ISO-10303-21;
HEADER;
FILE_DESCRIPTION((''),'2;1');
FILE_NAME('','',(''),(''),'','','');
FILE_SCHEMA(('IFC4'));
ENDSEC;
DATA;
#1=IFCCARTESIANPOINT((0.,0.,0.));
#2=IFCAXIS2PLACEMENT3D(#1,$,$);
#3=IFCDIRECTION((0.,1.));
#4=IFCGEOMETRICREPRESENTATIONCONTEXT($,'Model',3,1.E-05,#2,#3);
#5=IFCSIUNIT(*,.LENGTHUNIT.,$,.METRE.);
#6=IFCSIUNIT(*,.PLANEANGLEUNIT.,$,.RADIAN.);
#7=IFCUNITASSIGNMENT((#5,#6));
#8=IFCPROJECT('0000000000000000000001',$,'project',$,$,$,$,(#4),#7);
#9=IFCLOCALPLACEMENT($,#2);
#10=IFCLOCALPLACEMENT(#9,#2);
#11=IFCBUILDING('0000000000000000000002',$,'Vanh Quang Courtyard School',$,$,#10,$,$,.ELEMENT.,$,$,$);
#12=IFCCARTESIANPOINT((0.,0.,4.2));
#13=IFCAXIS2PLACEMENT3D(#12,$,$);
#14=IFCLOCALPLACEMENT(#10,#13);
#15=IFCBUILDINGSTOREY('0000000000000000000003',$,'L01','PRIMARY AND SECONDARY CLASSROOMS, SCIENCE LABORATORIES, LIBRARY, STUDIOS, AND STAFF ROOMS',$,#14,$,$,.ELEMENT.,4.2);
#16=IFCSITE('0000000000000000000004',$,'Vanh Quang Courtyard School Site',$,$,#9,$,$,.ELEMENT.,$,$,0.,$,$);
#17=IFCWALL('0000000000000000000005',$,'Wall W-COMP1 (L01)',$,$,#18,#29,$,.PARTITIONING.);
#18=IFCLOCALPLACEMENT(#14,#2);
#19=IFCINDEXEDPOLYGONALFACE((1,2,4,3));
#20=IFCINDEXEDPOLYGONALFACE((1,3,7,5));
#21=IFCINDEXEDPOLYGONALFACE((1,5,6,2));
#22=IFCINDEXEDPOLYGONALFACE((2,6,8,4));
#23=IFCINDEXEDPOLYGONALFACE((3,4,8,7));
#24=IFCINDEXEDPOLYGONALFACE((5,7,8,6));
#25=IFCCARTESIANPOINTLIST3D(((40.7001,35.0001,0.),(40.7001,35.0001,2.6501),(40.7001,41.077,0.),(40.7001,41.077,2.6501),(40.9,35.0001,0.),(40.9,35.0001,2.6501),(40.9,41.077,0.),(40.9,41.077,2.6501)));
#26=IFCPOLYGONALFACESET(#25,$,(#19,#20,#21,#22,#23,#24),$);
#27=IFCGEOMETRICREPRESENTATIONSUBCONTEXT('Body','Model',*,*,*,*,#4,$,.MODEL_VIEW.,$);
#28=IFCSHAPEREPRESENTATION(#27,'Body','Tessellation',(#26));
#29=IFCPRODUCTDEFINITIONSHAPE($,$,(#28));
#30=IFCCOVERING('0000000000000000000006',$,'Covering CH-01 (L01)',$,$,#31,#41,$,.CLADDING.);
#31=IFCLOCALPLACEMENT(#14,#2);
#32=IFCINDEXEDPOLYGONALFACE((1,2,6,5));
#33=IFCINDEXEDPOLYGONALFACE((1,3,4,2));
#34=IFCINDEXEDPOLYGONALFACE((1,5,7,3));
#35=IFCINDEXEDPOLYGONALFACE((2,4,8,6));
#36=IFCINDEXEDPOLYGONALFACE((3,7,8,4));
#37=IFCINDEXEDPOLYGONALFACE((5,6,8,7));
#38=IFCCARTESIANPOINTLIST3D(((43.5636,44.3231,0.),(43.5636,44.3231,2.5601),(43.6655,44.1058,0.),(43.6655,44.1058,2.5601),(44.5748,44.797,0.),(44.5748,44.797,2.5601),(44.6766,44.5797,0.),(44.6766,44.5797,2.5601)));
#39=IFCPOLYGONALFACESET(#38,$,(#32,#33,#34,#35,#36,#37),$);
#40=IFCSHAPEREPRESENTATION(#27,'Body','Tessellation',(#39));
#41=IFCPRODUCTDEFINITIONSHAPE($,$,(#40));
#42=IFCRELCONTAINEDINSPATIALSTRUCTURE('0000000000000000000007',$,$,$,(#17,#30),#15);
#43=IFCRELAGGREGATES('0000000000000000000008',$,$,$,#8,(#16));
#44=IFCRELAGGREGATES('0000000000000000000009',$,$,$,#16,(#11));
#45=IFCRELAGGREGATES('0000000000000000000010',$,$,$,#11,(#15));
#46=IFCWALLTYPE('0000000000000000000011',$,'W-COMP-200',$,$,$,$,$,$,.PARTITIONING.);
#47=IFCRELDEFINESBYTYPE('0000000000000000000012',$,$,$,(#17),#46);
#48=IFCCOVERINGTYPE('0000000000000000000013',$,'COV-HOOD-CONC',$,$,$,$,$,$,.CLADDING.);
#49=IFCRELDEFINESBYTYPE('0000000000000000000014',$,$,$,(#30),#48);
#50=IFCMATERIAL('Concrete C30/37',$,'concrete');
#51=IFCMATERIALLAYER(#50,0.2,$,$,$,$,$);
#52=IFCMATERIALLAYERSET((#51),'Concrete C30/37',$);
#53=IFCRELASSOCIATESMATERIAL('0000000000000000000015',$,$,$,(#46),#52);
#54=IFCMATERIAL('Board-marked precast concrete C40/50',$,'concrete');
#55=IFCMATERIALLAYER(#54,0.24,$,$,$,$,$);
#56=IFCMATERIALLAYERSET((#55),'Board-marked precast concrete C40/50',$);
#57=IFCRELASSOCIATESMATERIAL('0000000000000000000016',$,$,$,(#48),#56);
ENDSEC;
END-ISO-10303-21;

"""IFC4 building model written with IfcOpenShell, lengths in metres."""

from ifc_helpers import new_model, si_unit, direction, frame, frame_2d, origin, origin_2d, place, context, subcontext, project, spatial, rectangle, extrude, material, layer, layer_set, type_object, element, save


model = new_model("IFC4")

# Units and contexts
model_context = context("Model", 3, precision=1e-05, world=origin(), true_north=direction((0.0, 1.0)))
body_context = subcontext(model_context, "Body", "Model", "MODEL_VIEW")
ifc_project = project(units=[si_unit("LENGTHUNIT", "METRE"), si_unit("PLANEANGLEUNIT", "RADIAN")], contexts=[model_context])

# Site, building, storey
site_placement = place(None, origin())
site = spatial("IfcSite", under=ifc_project, at=site_placement, Name="Vanh Quang Courtyard School Site", CompositionType="ELEMENT", RefElevation=0.0)
building_placement = place(site_placement, origin())
building = spatial("IfcBuilding", under=site, at=building_placement, Name="Vanh Quang Courtyard School", CompositionType="ELEMENT")
storey_placement = place(building_placement, frame((0.0, 0.0, 4.2)))
storey = spatial("IfcBuildingStorey", under=building, at=storey_placement, Name="L01", Description="PRIMARY AND SECONDARY CLASSROOMS, SCIENCE LABORATORIES, LIBRARY, STUDIOS, AND STAFF ROOMS", CompositionType="ELEMENT", Elevation=4.2)

# Wall
ifc_material_1 = material(Name="Concrete C30/37", Category="concrete")
ifc_layer_1 = layer(ifc_material_1, 0.2)
ifc_layer_set_1 = layer_set([ifc_layer_1], Name="Concrete C30/37")
wall_type = type_object("IfcWallType", Name="W-COMP-200", PredefinedType="PARTITIONING", material=ifc_layer_set_1)
wall_placement = place(storey_placement, frame((40.8, 35.0, 0.0), z_axis=(0.0, 0.0, 1.0), x_axis=(0.0, 1.0, 0.0)))
element("IfcWall", 1, at=wall_placement, inside=storey, type_object=wall_type, Name="Wall W-COMP1 (L01)", PredefinedType="PARTITIONING", context=body_context, shape_type="SweptSolid", body=[
    extrude(rectangle(XDim=6.0769, YDim=0.2, at=frame_2d((3.0386, 0.0))), origin(), (0.0, 0.0, 1.0), 2.6501),
])

# Covering
ifc_material_2 = material(Name="Board-marked precast concrete C40/50", Category="concrete")
ifc_layer_2 = layer(ifc_material_2, 0.24)
ifc_layer_set_2 = layer_set([ifc_layer_2], Name="Board-marked precast concrete C40/50")
covering_type = type_object("IfcCoveringType", Name="COV-HOOD-CONC", PredefinedType="CLADDING", material=ifc_layer_set_2)
covering_placement = place(storey_placement, frame((44.1201, 44.4514, 0.0), z_axis=(0.0, 0.0, 1.0), x_axis=(0.905495, 0.424357, 0.0)))
element("IfcCovering", 2, at=covering_placement, inside=storey, type_object=covering_type, Name="Covering CH-01 (L01)", PredefinedType="CLADDING", context=body_context, shape_type="SweptSolid", body=[
    extrude(rectangle(XDim=1.1167, YDim=0.24, at=origin_2d()), origin(), (0.0, 0.0, 1.0), 2.5601),
])

save(model, "model.ifc")
